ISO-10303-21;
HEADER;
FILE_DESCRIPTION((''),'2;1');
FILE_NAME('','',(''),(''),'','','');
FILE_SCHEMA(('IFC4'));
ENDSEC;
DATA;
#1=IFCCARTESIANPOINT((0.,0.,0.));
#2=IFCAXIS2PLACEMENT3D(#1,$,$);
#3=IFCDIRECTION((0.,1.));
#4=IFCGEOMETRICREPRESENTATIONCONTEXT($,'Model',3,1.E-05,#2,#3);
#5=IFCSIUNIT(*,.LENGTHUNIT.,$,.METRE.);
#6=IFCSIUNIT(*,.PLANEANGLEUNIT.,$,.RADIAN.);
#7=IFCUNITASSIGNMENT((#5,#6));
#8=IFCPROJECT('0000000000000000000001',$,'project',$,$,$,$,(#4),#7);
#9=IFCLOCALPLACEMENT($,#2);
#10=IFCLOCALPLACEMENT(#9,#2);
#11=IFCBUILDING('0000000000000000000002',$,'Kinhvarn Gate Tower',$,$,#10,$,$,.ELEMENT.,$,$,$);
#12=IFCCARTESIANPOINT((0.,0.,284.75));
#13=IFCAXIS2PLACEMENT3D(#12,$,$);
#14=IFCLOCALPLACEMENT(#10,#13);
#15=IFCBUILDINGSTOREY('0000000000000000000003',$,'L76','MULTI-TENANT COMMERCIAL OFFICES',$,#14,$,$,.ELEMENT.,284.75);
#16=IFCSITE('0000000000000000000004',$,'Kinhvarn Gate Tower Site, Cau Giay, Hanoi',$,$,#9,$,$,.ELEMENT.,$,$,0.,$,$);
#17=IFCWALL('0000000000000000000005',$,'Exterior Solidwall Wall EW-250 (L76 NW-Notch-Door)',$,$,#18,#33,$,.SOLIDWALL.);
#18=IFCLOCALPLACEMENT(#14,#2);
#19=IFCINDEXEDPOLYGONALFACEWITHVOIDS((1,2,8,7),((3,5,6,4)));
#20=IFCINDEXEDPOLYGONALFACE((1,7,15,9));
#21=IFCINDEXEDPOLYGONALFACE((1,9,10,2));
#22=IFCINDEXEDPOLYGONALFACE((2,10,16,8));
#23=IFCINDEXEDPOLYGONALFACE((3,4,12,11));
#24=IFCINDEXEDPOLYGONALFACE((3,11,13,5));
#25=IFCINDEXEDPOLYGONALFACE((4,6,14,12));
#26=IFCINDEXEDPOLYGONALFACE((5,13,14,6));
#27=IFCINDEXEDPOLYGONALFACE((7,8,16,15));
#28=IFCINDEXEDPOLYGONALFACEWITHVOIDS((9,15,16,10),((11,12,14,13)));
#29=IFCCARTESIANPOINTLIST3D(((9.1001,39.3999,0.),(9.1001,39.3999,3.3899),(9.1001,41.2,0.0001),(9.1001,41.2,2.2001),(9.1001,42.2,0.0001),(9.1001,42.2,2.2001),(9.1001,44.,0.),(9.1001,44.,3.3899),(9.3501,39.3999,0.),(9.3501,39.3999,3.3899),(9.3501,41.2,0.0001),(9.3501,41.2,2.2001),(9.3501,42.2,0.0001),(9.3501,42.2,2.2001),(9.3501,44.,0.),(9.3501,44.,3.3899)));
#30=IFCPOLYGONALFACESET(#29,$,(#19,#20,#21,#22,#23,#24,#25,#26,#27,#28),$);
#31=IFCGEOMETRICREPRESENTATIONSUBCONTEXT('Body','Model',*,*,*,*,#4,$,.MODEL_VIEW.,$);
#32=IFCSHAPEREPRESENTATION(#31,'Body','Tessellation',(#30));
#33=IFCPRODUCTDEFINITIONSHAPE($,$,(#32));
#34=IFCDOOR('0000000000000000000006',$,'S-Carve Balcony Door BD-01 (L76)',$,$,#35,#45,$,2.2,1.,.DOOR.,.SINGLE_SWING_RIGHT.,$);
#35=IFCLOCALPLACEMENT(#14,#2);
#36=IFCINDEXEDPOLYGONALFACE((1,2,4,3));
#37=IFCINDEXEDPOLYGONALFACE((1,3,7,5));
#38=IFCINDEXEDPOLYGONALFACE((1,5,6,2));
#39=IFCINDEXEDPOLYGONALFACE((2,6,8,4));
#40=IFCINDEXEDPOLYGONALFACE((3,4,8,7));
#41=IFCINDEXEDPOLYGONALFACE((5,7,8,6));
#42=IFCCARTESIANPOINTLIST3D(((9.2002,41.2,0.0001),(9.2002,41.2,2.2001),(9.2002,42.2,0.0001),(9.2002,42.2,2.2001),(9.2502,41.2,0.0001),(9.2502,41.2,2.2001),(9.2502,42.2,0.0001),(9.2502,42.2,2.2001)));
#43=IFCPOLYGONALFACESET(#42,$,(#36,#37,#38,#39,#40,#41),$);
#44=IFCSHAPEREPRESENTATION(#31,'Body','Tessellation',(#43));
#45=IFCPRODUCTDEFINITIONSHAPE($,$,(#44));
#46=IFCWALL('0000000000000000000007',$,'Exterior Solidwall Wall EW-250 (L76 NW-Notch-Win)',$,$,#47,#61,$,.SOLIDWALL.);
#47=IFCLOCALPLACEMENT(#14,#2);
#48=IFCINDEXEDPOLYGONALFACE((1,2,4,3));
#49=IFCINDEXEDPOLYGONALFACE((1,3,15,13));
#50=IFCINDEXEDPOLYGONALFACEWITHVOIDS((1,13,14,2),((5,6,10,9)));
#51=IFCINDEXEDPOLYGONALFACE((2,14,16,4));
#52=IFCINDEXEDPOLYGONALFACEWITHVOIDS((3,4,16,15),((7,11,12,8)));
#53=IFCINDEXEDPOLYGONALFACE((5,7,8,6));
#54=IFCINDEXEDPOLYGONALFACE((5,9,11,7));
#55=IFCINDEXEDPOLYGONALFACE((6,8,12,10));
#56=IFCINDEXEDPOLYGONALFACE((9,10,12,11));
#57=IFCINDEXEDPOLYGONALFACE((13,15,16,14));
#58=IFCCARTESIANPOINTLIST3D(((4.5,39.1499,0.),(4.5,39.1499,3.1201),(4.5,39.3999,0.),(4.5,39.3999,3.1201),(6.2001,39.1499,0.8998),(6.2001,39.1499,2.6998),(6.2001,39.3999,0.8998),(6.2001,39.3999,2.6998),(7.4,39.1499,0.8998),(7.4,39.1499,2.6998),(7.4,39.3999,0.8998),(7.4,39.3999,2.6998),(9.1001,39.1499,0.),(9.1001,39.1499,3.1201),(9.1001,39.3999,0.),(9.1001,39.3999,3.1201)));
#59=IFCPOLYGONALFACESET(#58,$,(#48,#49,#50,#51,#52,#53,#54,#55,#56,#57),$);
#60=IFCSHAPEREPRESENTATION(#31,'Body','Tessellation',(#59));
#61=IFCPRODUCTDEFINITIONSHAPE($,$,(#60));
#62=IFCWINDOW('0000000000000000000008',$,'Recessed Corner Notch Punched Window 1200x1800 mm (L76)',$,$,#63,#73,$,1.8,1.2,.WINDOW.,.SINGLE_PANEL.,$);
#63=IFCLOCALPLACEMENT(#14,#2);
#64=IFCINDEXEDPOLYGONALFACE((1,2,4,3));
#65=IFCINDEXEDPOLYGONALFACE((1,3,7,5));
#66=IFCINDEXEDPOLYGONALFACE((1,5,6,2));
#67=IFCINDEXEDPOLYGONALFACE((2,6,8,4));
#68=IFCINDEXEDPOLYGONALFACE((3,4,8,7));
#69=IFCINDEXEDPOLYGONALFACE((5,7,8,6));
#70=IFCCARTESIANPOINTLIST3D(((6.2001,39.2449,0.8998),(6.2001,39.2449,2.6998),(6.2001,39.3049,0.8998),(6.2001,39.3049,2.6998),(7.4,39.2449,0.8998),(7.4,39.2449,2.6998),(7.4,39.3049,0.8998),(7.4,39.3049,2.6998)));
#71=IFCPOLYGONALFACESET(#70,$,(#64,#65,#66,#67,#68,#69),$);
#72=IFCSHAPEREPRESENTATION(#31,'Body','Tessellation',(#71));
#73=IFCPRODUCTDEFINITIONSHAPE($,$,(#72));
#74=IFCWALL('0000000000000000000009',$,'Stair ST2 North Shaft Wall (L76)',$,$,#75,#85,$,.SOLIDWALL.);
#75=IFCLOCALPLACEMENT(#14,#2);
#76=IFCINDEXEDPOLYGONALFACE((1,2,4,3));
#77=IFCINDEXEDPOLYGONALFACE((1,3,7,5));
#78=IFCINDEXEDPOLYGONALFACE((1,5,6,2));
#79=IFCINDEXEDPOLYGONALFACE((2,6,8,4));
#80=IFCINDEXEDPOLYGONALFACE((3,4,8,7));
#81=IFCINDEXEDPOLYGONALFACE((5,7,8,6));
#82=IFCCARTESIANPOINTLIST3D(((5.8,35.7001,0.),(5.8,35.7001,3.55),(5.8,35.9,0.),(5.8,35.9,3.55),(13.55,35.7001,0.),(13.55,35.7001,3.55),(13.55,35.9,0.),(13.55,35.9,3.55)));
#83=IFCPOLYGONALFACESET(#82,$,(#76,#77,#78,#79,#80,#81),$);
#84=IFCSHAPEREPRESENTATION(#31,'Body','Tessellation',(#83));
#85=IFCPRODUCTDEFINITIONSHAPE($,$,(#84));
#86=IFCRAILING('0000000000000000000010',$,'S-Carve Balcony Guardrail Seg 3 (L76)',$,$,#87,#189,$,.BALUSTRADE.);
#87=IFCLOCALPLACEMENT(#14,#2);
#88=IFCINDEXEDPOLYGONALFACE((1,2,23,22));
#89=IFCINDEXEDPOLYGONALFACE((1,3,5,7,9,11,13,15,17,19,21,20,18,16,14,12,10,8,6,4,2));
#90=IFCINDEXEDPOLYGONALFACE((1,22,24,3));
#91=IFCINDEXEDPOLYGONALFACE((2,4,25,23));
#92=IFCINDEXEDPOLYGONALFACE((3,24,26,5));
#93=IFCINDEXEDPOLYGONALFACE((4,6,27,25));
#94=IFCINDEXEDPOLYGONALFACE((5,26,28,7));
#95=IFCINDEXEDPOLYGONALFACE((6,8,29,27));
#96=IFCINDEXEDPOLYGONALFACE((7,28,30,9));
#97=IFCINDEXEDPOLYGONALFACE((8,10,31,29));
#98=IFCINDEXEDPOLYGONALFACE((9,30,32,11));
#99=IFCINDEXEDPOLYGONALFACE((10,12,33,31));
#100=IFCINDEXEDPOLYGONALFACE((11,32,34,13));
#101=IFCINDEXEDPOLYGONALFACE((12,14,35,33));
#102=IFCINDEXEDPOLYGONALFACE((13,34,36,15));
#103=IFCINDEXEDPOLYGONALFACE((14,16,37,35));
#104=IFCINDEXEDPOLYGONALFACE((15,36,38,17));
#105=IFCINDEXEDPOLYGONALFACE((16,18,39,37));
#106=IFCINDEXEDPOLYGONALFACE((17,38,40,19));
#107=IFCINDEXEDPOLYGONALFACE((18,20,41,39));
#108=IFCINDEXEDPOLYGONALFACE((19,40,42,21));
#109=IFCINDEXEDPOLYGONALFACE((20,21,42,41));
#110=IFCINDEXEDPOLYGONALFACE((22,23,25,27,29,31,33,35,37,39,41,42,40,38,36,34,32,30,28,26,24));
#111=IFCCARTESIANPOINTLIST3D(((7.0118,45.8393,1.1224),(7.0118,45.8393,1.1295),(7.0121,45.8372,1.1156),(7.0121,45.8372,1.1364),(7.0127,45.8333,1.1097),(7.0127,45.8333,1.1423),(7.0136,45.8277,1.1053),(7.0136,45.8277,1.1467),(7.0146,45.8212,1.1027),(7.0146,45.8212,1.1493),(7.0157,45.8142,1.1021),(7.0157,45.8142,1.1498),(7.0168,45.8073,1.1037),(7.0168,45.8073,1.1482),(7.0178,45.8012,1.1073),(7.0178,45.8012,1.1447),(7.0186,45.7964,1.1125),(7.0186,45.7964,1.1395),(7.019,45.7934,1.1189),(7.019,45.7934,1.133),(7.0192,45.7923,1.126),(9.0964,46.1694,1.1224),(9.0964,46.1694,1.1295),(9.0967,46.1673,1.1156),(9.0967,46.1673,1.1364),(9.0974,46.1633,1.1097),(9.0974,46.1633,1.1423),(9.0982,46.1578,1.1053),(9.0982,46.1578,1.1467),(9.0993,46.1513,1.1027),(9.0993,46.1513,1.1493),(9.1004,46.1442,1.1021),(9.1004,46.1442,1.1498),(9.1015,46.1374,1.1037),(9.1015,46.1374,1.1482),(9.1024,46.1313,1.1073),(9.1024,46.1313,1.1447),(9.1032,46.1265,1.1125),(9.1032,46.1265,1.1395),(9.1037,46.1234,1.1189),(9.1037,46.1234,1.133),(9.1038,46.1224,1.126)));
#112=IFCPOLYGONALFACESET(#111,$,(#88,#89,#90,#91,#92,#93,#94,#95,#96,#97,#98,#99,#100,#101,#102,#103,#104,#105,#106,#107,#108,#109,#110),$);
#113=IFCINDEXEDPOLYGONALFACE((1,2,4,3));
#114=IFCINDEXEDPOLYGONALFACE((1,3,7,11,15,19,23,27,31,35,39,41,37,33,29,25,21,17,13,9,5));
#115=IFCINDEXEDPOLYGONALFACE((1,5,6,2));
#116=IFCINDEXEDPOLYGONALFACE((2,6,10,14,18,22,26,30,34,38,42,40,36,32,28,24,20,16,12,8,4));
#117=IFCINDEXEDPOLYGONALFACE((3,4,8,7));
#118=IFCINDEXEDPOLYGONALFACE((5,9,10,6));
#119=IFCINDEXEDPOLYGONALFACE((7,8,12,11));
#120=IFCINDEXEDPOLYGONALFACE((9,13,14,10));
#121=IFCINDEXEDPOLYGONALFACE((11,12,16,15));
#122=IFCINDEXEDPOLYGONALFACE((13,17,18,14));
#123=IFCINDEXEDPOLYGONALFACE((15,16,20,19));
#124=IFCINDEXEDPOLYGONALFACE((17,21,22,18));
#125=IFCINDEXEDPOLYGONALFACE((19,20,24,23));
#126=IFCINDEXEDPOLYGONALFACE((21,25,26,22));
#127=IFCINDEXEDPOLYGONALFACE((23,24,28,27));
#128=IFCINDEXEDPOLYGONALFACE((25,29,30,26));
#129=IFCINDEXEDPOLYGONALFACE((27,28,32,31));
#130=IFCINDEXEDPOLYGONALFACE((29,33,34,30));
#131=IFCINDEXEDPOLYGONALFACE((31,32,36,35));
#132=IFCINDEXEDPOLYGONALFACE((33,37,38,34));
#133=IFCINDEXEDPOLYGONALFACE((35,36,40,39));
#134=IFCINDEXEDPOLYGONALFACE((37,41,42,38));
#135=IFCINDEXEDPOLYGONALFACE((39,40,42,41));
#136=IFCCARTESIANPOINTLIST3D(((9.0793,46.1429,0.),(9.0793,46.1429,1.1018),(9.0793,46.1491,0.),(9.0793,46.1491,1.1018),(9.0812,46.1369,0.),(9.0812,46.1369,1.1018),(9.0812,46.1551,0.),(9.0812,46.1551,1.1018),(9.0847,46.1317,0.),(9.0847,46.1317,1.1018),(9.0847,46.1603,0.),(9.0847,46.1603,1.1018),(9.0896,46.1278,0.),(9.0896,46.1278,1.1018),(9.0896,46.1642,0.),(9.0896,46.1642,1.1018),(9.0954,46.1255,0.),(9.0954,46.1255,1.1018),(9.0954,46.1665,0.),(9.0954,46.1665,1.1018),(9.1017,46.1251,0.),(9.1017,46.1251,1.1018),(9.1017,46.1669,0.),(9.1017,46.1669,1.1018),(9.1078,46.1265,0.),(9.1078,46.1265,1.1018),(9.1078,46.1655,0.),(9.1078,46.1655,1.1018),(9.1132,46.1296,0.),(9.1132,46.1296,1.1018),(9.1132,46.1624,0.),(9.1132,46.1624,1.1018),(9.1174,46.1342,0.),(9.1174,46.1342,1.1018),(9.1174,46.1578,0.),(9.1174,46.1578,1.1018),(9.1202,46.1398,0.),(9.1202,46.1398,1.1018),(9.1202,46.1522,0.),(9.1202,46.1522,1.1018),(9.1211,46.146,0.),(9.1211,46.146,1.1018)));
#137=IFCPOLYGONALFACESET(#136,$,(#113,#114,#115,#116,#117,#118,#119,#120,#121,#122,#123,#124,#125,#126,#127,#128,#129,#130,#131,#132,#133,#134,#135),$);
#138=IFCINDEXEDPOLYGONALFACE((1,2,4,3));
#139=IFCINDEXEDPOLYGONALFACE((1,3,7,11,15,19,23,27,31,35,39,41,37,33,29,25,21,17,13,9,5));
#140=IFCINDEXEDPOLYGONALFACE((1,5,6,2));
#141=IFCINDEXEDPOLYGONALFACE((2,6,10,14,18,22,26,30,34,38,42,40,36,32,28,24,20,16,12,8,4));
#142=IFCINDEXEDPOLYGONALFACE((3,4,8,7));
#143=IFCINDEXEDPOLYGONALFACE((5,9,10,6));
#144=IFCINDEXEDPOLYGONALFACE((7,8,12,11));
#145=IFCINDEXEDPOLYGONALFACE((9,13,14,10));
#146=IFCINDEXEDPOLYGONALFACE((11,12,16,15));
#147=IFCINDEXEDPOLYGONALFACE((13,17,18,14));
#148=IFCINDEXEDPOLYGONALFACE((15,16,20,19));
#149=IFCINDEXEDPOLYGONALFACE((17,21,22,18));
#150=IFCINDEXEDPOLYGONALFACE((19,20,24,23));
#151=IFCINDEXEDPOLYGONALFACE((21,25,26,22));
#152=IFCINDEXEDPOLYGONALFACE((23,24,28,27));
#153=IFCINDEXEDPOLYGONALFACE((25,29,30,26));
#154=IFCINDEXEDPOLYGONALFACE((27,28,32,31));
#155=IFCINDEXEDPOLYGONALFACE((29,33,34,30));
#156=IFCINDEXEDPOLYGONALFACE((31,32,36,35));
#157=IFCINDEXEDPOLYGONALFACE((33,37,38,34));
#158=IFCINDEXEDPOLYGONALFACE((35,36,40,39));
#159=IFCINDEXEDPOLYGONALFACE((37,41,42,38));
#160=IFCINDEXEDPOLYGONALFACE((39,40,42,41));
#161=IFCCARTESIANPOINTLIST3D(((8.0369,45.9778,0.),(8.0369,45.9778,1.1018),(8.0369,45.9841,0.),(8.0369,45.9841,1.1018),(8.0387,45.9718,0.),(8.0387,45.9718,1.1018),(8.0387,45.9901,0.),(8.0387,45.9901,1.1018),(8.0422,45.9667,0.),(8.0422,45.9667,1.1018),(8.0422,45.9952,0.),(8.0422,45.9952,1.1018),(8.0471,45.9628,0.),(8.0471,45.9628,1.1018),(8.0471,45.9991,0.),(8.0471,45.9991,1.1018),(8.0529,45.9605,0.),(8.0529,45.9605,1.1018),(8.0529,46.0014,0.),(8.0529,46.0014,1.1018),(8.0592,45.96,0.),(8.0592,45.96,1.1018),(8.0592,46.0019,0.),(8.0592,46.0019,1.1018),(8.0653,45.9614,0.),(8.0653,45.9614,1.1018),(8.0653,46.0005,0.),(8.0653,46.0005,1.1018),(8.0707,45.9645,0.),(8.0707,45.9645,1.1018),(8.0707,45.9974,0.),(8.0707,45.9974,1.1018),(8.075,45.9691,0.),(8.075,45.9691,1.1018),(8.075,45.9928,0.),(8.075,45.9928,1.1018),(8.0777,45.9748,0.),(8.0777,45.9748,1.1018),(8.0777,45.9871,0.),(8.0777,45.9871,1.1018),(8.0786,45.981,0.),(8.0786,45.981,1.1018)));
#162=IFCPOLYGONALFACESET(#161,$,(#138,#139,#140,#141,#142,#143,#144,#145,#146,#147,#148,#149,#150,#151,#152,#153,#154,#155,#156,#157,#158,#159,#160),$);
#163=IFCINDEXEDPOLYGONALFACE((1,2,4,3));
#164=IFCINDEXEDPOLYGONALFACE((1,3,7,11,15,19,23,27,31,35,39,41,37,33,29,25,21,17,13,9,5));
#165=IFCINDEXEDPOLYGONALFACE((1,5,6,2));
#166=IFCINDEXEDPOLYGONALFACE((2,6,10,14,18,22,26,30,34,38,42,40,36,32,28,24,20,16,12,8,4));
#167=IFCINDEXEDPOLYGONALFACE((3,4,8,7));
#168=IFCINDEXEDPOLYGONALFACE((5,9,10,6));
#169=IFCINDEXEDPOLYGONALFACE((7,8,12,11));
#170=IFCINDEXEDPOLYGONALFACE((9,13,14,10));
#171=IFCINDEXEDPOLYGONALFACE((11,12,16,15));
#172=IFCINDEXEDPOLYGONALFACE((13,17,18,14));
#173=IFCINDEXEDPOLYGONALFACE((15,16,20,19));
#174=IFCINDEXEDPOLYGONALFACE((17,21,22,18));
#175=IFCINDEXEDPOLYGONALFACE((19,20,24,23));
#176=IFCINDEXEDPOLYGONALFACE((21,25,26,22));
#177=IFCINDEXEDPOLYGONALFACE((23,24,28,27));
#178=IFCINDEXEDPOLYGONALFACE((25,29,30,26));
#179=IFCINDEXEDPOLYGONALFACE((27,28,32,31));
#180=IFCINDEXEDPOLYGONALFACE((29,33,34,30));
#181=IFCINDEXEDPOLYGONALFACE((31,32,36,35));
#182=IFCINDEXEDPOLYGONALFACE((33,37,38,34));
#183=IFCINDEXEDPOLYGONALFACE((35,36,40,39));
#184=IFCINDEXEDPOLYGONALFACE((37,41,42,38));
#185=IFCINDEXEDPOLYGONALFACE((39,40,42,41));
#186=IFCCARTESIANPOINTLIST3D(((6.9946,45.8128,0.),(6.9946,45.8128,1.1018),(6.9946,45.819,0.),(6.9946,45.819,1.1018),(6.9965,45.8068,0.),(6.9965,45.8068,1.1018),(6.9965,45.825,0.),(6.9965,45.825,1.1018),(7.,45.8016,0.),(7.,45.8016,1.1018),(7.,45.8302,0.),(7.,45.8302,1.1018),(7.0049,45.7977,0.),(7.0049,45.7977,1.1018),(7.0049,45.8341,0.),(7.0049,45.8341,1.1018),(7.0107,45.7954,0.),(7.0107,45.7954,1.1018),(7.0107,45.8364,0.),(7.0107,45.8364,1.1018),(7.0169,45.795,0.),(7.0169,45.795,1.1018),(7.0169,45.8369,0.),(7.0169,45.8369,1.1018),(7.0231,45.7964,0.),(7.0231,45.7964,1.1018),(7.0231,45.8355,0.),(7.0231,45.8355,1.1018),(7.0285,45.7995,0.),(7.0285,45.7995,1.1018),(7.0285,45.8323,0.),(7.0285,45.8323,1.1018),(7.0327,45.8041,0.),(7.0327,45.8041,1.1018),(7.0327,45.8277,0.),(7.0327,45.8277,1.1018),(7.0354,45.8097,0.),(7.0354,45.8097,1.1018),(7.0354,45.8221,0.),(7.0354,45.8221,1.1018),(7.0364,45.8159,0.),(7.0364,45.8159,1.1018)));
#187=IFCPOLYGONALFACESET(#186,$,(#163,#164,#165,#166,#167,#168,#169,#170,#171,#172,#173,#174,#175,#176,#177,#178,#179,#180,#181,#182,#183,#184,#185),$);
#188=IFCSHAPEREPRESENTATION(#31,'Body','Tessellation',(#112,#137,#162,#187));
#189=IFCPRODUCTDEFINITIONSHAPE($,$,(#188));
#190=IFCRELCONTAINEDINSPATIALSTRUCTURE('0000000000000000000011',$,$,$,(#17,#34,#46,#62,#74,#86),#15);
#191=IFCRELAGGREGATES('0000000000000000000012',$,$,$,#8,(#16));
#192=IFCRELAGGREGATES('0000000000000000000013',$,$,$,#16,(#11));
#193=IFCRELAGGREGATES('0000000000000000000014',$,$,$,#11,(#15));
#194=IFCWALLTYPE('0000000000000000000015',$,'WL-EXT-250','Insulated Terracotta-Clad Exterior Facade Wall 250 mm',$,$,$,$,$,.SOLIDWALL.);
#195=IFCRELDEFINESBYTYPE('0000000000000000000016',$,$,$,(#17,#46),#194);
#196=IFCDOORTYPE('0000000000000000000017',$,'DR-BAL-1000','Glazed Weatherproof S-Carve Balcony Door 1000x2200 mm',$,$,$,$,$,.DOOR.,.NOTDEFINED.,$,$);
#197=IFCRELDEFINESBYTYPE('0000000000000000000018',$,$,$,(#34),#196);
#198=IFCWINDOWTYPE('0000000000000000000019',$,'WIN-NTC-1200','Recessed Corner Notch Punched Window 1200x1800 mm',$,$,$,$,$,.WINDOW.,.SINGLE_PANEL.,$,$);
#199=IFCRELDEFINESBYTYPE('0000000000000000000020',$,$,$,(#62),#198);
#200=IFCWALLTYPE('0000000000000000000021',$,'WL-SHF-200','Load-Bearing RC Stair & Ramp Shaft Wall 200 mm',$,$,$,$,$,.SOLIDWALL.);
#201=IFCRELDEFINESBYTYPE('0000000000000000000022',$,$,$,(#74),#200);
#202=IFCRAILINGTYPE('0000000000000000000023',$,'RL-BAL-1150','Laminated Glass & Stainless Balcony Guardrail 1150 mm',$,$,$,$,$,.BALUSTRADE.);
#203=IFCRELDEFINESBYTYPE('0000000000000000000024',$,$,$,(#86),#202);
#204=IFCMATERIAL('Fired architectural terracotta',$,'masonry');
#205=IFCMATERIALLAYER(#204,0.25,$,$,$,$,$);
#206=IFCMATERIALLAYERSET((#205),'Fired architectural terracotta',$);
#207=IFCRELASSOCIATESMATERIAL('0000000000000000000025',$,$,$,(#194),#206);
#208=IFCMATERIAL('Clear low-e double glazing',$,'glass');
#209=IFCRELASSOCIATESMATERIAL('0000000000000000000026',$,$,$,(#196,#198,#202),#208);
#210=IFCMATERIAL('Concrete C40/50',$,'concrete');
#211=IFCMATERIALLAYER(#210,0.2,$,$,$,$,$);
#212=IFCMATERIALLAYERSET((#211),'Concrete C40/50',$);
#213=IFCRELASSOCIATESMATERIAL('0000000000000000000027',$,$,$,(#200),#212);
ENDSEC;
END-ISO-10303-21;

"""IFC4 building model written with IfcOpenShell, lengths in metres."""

from ifc_helpers import new_model, si_unit, direction, frame, frame_2d, origin, origin_2d, place, context, subcontext, project, spatial, rectangle, circle, extrude, material, layer, layer_set, type_object, element, fill, save


model = new_model("IFC4")

# Units and contexts
model_context = context("Model", 3, precision=1e-05, world=origin(), true_north=direction((0.0, 1.0)))
body_context = subcontext(model_context, "Body", "Model", "MODEL_VIEW")
ifc_project = project(units=[si_unit("LENGTHUNIT", "METRE"), si_unit("PLANEANGLEUNIT", "RADIAN")], contexts=[model_context])

# Site, building, storey
site_placement = place(None, origin())
site = spatial("IfcSite", under=ifc_project, at=site_placement, Name="Kinhvarn Gate Tower Site, Cau Giay, Hanoi", CompositionType="ELEMENT", RefElevation=0.0)
building_placement = place(site_placement, origin())
building = spatial("IfcBuilding", under=site, at=building_placement, Name="Kinhvarn Gate Tower", CompositionType="ELEMENT")
storey_placement = place(building_placement, frame((0.0, 0.0, 284.75)))
storey = spatial("IfcBuildingStorey", under=building, at=storey_placement, Name="L76", Description="MULTI-TENANT COMMERCIAL OFFICES", CompositionType="ELEMENT", Elevation=284.75)

# Shared definitions
ifc_material_1 = material(Name="Fired architectural terracotta", Category="masonry")
ifc_layer_1 = layer(ifc_material_1, 0.25)
ifc_layer_set_1 = layer_set([ifc_layer_1], Name="Fired architectural terracotta")
wall_type_1 = type_object("IfcWallType", Name="WL-EXT-250", Description="Insulated Terracotta-Clad Exterior Facade Wall 250 mm", PredefinedType="SOLIDWALL", material=ifc_layer_set_1)

# Wall, opening, door
wall_1_placement = place(storey_placement, frame((9.2251, 44.0, 0.0), z_axis=(0.0, 0.0, 1.0), x_axis=(0.0, -1.0, 0.0)))
wall_1 = element("IfcWall", 1, at=wall_1_placement, inside=storey, type_object=wall_type_1, Name="Exterior Solidwall Wall EW-250 (L76 NW-Notch-Door)", PredefinedType="SOLIDWALL", context=body_context, shape_type="SweptSolid", body=[
    extrude(rectangle(XDim=4.6001, YDim=0.25, at=frame_2d((2.3, 0.0))), origin(), (0.0, 0.0, 1.0), 3.3899),
])
opening_1_placement = place(wall_1_placement, frame((1.8, 0.0, 0.0)))
opening_1 = element("IfcOpeningElement", 2, at=opening_1_placement, cuts=wall_1, PredefinedType="OPENING", context=body_context, shape_type="SweptSolid", body=[
    extrude(rectangle(XDim=1.0, YDim=2.2, at=frame_2d((0.5, 1.1001))), frame((0.0, 0.135, 0.0), z_axis=(0.0, -1.0, 0.0), x_axis=(1.0, 0.0, 0.0)), (0.0, 0.0, 1.0), 0.27),
])
ifc_material_2 = material(Name="Clear low-e double glazing", Category="glass")
door_type = type_object("IfcDoorType", Name="DR-BAL-1000", Description="Glazed Weatherproof S-Carve Balcony Door 1000x2200 mm", OperationType="NOTDEFINED", PredefinedType="DOOR", material=ifc_material_2)
door_placement = place(opening_1_placement, frame((1.0, 0.0, 0.0), z_axis=(0.0, 0.0, 1.0), x_axis=(-1.0, 0.0, 0.0)))
door = element("IfcDoor", 3, at=door_placement, inside=storey, type_object=door_type, Name="S-Carve Balcony Door BD-01 (L76)", OperationType="SINGLE_SWING_RIGHT", OverallHeight=2.2, OverallWidth=1.0, PredefinedType="DOOR", context=body_context, shape_type="SweptSolid", body=[
    extrude(rectangle(XDim=1.0, YDim=2.2, at=frame_2d((0.5, 1.1001))), frame((0.0, 0.0249, 0.0), z_axis=(0.0, -1.0, 0.0), x_axis=(1.0, 0.0, 0.0)), (0.0, 0.0, 1.0), 0.05),
])
fill(opening_1, door)

# Wall, opening, window
wall_2_placement = place(storey_placement, frame((9.1001, 39.2749, 0.0), z_axis=(0.0, 0.0, 1.0), x_axis=(-1.0, 0.0, 0.0)))
wall_2 = element("IfcWall", 4, at=wall_2_placement, inside=storey, type_object=wall_type_1, Name="Exterior Solidwall Wall EW-250 (L76 NW-Notch-Win)", PredefinedType="SOLIDWALL", context=body_context, shape_type="SweptSolid", body=[
    extrude(rectangle(XDim=4.6001, YDim=0.25, at=frame_2d((2.3, 0.0))), origin(), (0.0, 0.0, 1.0), 3.1201),
])
opening_2_placement = place(wall_2_placement, frame((1.7, 0.0, 0.8999)))
opening_2 = element("IfcOpeningElement", 5, at=opening_2_placement, cuts=wall_2, PredefinedType="OPENING", context=body_context, shape_type="SweptSolid", body=[
    extrude(rectangle(XDim=1.2, YDim=1.8, at=frame_2d((0.6001, 0.8999))), frame((0.0, 0.135, 0.0), z_axis=(0.0, -1.0, 0.0), x_axis=(1.0, 0.0, 0.0)), (0.0, 0.0, 1.0), 0.27),
])
window_type = type_object("IfcWindowType", Name="WIN-NTC-1200", Description="Recessed Corner Notch Punched Window 1200x1800 mm", PartitioningType="SINGLE_PANEL", PredefinedType="WINDOW", material=ifc_material_2)
window_placement = place(opening_2_placement, origin())
window = element("IfcWindow", 6, at=window_placement, inside=storey, type_object=window_type, Name="Recessed Corner Notch Punched Window 1200x1800 mm (L76)", OverallHeight=1.8, OverallWidth=1.2, PartitioningType="SINGLE_PANEL", PredefinedType="WINDOW", context=body_context, shape_type="SweptSolid", body=[
    extrude(rectangle(XDim=1.2, YDim=1.8, at=frame_2d((0.6001, 0.8999))), frame((0.0, 0.03, 0.0), z_axis=(0.0, -1.0, 0.0), x_axis=(1.0, 0.0, 0.0)), (0.0, 0.0, 1.0), 0.0601),
])
fill(opening_2, window)

# Wall
ifc_material_3 = material(Name="Concrete C40/50", Category="concrete")
ifc_layer_2 = layer(ifc_material_3, 0.2)
ifc_layer_set_2 = layer_set([ifc_layer_2], Name="Concrete C40/50")
wall_type_2 = type_object("IfcWallType", Name="WL-SHF-200", Description="Load-Bearing RC Stair & Ramp Shaft Wall 200 mm", PredefinedType="SOLIDWALL", material=ifc_layer_set_2)
wall_3_placement = place(storey_placement, frame((5.8, 35.8, 0.0), z_axis=(0.0, 0.0, 1.0), x_axis=(1.0, 0.0, 0.0)))
element("IfcWall", 7, at=wall_3_placement, inside=storey, type_object=wall_type_2, Name="Stair ST2 North Shaft Wall (L76)", PredefinedType="SOLIDWALL", context=body_context, shape_type="SweptSolid", body=[
    extrude(rectangle(XDim=7.75, YDim=0.2, at=frame_2d((3.875, 0.0))), origin(), (0.0, 0.0, 1.0), 3.55),
])

# Railing
railing_type = type_object("IfcRailingType", Name="RL-BAL-1150", Description="Laminated Glass & Stainless Balcony Guardrail 1150 mm", PredefinedType="BALUSTRADE", material=ifc_material_2)
railing_1_placement = place(storey_placement, frame((9.1001, 46.146, 0.0)))
element("IfcRailing", 8, at=railing_1_placement, inside=storey, type_object=railing_type, Name="S-Carve Balcony Guardrail Seg 3 (L76)", PredefinedType="BALUSTRADE", context=body_context, shape_type="SweptSolid", body=[
    extrude(circle(Radius=0.0239, at=origin_2d()), frame((0.0, 0.0, 1.126), z_axis=(-0.987696, -0.156384, 0.0), x_axis=(0.156384, -0.987696, 0.0)), (0.0, 0.0, 1.0), 2.1106),
    extrude(circle(Radius=0.021, at=origin_2d()), origin(), (0.0, 0.0, 1.0), 1.1018),
    extrude(circle(Radius=0.021, at=origin_2d()), frame((-1.0425, -0.165, 0.0)), (0.0, 0.0, 1.0), 1.1018),
    extrude(circle(Radius=0.021, at=origin_2d()), frame((-2.0847, -0.3301, 0.0)), (0.0, 0.0, 1.0), 1.1018),
])

save(model, "model.ifc")
